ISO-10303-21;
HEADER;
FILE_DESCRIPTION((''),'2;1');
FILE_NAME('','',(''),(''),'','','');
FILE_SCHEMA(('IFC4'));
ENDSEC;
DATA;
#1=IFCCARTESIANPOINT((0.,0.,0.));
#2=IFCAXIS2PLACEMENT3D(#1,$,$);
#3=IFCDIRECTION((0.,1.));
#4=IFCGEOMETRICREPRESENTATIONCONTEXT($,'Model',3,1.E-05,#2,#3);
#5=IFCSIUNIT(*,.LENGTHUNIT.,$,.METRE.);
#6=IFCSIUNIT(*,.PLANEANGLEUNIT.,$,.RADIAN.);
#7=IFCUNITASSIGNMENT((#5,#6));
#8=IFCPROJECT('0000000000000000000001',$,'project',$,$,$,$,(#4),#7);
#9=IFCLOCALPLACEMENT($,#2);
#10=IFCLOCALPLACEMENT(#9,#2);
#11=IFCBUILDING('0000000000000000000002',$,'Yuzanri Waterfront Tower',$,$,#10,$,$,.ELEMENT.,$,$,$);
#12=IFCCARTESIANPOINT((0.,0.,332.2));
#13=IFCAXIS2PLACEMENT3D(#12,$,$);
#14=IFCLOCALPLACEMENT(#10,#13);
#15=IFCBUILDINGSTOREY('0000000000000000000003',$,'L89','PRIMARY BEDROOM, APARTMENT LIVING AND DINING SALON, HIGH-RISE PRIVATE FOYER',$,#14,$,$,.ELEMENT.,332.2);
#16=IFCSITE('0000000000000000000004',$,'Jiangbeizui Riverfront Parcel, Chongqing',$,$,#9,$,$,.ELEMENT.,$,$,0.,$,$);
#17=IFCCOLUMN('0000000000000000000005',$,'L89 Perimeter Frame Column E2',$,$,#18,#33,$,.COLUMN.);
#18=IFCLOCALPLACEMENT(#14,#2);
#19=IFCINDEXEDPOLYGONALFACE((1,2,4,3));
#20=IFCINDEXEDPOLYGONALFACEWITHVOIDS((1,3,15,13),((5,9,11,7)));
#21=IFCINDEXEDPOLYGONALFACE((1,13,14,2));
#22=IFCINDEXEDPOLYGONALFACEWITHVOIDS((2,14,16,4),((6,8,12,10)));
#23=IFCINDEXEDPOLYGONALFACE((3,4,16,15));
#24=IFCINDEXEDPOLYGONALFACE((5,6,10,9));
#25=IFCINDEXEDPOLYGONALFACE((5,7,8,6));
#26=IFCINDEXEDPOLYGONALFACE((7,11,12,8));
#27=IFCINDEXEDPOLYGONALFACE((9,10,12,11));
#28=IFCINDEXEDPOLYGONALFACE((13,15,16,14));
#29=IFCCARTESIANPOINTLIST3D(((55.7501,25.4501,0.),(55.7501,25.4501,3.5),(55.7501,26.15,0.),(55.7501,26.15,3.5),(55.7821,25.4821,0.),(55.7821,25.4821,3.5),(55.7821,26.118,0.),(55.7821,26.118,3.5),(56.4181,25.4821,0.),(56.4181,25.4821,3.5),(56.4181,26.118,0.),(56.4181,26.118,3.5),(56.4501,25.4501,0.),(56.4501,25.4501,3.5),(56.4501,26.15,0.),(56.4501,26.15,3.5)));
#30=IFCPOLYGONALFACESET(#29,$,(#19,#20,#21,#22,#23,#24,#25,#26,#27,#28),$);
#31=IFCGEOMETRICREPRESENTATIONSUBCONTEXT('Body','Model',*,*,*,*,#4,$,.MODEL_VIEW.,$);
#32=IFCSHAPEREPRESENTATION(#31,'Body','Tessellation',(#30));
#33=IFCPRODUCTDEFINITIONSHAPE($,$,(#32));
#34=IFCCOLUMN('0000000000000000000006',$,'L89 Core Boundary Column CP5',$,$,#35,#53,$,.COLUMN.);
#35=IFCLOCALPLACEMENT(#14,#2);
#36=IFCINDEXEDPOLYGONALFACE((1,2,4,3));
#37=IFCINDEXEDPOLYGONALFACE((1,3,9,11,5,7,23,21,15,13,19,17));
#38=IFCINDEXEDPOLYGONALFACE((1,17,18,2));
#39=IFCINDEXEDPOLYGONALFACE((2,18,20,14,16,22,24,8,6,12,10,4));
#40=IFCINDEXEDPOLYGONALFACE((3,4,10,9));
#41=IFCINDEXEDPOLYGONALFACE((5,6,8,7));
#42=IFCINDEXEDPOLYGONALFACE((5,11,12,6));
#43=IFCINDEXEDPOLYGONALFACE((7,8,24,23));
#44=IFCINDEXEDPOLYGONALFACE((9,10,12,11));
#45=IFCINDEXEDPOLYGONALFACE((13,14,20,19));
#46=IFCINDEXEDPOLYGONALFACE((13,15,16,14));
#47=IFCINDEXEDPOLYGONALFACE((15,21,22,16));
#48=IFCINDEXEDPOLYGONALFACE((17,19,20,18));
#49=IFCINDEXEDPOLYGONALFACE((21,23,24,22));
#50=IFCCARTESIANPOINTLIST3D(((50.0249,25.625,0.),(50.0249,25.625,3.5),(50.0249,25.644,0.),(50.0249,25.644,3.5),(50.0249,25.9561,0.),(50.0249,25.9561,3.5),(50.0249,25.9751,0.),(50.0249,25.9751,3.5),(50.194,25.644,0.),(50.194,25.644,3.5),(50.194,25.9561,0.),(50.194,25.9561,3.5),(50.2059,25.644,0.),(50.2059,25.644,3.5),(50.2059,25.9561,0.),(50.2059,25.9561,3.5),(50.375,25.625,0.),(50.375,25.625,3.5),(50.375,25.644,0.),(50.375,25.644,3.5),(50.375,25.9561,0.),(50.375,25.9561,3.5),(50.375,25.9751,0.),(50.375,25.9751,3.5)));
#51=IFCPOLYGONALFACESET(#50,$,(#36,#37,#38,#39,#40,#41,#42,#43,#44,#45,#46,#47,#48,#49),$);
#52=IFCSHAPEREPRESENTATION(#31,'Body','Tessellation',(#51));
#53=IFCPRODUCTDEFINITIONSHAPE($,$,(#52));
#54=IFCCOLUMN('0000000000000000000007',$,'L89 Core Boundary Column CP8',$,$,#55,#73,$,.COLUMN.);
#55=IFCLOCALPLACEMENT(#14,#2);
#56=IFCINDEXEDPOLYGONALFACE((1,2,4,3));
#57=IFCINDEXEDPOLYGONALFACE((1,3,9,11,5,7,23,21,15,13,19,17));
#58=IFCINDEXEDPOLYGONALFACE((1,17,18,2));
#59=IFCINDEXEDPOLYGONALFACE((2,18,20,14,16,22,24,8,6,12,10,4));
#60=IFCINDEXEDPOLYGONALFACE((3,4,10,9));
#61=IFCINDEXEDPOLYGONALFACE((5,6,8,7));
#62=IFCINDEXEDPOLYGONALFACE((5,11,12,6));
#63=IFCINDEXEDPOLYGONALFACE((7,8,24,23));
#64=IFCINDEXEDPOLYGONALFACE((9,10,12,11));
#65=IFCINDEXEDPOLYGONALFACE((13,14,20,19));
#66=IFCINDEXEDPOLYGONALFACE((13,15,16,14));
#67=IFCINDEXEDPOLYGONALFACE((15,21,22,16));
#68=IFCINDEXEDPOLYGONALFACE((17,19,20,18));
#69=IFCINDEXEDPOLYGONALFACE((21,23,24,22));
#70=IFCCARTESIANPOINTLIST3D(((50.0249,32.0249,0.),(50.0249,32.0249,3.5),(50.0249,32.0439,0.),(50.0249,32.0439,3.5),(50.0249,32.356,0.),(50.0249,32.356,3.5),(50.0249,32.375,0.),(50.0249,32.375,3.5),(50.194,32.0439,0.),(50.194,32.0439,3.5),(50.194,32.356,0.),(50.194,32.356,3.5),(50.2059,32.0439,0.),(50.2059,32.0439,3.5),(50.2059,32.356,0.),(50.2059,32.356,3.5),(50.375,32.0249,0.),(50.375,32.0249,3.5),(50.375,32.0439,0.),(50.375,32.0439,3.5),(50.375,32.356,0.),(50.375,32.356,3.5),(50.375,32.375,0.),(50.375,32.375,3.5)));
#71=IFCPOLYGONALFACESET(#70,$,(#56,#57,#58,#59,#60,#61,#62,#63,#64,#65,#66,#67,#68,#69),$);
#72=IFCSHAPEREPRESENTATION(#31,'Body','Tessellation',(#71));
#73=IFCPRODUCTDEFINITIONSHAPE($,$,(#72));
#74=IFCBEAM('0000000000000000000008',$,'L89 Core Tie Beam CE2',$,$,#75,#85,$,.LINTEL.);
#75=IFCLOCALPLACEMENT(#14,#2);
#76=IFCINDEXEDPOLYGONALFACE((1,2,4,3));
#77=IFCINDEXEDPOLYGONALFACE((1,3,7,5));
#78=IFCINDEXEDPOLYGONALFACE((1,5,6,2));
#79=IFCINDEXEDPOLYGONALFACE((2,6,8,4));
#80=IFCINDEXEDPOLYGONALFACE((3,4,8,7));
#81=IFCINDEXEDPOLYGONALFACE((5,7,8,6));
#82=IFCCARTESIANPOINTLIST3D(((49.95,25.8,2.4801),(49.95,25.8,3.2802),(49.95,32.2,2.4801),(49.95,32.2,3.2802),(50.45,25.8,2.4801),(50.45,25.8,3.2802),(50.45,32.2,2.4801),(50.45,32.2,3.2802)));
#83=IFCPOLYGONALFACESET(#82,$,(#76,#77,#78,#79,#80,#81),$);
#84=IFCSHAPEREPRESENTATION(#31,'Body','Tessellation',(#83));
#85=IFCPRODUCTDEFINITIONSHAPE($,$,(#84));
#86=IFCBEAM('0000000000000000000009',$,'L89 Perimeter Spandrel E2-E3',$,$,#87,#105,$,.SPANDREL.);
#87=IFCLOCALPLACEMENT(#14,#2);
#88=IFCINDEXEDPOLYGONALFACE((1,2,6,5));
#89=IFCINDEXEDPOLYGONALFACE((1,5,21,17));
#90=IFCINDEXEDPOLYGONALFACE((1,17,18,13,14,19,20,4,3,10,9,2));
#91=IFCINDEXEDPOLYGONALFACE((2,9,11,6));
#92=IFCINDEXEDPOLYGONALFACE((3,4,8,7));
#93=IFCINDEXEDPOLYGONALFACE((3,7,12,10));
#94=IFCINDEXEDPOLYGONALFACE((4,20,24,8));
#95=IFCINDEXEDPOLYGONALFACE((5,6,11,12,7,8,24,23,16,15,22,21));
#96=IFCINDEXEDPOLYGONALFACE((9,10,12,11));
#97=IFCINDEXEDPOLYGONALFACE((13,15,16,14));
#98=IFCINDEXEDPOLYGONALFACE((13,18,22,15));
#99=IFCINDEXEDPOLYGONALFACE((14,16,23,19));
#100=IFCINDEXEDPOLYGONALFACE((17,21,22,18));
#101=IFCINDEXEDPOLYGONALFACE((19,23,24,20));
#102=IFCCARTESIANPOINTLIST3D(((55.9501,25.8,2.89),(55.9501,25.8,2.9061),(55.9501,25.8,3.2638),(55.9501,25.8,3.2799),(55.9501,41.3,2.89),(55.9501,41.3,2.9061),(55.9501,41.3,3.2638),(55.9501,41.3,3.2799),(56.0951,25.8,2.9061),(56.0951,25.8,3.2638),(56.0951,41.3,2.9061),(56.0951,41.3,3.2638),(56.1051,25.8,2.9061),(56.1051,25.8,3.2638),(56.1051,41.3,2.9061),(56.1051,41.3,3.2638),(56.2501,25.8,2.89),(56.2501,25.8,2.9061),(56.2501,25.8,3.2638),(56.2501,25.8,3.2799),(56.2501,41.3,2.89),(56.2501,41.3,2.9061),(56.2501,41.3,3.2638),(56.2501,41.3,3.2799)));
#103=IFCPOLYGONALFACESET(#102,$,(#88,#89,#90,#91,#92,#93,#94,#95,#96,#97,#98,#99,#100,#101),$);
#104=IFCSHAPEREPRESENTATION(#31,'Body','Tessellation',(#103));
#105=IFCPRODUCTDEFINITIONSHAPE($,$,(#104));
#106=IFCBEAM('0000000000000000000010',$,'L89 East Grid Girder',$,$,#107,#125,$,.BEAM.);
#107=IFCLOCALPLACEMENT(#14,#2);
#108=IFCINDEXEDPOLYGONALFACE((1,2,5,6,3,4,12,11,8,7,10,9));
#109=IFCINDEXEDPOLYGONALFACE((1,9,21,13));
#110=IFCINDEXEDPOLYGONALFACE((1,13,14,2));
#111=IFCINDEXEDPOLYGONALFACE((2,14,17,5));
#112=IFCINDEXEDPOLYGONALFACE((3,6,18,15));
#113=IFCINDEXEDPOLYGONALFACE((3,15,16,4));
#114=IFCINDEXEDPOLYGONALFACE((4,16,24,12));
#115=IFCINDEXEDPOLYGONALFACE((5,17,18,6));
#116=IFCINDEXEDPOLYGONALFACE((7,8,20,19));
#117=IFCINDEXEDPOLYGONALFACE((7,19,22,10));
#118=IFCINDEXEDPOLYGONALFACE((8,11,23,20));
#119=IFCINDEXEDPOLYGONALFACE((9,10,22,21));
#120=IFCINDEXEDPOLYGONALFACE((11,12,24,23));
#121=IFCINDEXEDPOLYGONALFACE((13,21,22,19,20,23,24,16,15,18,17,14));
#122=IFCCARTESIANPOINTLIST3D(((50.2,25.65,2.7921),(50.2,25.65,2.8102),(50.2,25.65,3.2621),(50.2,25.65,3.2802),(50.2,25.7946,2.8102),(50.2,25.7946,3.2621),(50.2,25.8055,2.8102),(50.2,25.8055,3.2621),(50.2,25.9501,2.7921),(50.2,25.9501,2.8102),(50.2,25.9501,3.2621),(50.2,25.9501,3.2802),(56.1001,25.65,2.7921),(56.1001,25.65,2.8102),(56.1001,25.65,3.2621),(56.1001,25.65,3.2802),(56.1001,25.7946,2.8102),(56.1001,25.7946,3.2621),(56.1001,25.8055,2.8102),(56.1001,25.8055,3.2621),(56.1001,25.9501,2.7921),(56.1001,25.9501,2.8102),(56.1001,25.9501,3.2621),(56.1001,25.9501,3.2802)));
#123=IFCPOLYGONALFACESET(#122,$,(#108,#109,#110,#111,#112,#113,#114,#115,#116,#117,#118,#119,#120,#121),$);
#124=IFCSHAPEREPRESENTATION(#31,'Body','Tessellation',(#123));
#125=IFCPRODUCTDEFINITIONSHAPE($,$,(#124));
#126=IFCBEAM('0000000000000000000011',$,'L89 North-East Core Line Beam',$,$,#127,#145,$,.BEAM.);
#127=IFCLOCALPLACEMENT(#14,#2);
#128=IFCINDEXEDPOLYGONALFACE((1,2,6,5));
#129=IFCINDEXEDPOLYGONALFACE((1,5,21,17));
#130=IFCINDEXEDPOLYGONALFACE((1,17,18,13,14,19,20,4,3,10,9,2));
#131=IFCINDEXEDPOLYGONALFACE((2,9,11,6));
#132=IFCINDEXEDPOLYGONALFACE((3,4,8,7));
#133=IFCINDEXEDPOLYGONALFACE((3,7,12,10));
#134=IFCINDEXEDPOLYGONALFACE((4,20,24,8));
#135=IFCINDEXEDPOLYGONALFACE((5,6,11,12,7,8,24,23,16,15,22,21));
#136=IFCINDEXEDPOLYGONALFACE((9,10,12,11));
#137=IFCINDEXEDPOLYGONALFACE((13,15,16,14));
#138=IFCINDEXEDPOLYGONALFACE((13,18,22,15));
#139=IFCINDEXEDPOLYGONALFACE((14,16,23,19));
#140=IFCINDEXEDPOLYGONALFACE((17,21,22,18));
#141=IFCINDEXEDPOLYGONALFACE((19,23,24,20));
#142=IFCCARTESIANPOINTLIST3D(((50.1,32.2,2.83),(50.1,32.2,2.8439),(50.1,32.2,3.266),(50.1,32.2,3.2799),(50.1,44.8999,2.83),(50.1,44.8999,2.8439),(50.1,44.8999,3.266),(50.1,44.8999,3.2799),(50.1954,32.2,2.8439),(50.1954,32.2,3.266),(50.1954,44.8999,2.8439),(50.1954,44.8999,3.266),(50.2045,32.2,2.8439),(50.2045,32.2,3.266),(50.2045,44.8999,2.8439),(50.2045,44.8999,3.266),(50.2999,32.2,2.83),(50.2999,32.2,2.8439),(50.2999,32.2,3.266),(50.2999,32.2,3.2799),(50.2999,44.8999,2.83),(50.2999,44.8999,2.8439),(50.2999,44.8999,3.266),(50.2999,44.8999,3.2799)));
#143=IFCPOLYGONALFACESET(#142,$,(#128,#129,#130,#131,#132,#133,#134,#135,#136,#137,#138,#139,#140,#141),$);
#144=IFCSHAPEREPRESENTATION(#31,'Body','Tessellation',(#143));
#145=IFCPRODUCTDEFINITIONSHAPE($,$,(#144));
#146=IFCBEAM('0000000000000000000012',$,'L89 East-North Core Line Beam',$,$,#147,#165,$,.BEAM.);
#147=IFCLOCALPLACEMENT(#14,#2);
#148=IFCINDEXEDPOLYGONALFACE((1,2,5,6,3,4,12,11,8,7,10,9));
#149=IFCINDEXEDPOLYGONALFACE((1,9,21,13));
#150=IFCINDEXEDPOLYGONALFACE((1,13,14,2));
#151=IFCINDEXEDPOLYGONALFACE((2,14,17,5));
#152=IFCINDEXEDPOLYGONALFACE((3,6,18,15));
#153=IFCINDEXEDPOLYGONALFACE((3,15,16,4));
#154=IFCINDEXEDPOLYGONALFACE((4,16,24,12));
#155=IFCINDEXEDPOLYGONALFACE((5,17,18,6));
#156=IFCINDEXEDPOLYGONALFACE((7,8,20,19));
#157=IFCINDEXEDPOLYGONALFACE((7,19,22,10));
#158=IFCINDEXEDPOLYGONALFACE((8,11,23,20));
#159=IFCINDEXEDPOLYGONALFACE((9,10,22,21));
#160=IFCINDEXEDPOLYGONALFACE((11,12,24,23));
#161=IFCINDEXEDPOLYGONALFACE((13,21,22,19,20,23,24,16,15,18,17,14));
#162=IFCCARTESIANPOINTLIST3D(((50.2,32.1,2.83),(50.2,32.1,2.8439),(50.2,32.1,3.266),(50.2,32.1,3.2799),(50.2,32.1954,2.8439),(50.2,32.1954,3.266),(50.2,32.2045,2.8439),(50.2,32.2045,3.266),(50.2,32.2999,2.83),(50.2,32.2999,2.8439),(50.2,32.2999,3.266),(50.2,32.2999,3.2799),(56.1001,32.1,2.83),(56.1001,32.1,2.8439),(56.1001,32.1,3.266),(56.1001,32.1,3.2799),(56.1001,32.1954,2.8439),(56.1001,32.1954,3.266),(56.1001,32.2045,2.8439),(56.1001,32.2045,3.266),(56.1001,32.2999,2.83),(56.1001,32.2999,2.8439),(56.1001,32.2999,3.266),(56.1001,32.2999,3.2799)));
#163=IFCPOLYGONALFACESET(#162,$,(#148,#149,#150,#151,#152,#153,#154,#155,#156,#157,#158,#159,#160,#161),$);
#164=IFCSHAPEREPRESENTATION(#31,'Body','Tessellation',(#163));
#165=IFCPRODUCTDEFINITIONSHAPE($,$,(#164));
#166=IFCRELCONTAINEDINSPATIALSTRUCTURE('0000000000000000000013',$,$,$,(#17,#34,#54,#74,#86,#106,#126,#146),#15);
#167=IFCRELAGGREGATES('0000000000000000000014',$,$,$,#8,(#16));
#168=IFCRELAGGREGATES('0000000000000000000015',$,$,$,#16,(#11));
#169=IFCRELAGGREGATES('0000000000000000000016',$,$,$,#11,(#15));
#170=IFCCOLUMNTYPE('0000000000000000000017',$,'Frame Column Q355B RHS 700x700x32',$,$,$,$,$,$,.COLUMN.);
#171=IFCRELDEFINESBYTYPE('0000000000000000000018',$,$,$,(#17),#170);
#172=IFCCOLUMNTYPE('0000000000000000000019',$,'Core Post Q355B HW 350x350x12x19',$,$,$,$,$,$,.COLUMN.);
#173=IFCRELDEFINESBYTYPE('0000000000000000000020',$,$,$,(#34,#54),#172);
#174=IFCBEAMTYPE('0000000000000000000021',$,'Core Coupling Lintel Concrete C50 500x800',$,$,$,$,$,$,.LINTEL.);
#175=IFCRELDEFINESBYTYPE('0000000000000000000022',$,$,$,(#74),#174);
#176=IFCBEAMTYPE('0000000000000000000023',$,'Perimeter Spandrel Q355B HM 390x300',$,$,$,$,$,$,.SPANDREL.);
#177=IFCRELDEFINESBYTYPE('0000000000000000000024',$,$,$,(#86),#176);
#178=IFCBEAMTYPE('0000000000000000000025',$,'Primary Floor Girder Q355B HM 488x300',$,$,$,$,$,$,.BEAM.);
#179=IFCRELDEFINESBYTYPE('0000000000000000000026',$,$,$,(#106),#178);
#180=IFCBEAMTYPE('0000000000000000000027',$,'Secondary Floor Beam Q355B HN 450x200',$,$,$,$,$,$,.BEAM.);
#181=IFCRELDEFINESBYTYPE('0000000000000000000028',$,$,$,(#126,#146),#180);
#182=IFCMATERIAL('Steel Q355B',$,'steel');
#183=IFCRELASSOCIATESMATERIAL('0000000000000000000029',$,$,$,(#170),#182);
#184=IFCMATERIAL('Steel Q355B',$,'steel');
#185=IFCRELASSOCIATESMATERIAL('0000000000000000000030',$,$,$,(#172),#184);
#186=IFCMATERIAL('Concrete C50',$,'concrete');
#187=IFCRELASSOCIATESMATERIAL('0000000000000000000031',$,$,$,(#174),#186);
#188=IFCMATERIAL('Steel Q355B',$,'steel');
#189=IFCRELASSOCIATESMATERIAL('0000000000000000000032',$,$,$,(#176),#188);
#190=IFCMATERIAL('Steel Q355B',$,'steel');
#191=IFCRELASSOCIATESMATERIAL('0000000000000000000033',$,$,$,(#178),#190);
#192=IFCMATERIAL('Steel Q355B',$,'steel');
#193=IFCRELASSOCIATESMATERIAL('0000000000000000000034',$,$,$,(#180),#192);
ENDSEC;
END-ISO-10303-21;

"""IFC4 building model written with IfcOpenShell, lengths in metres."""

from ifc_helpers import new_model, si_unit, direction, frame, origin, origin_2d, place, context, subcontext, project, spatial, rectangle, hollow_rectangle, i_section, extrude, source, transform, mapped, material, material_profile, profile_set, type_object, element, save


model = new_model("IFC4")

# Units and contexts
model_context = context("Model", 3, precision=1e-05, world=origin(), true_north=direction((0.0, 1.0)))
body_context = subcontext(model_context, "Body", "Model", "MODEL_VIEW")
ifc_project = project(units=[si_unit("LENGTHUNIT", "METRE"), si_unit("PLANEANGLEUNIT", "RADIAN")], contexts=[model_context])

# Site, building, storey
site_placement = place(None, origin())
site = spatial("IfcSite", under=ifc_project, at=site_placement, Name="Jiangbeizui Riverfront Parcel, Chongqing", CompositionType="ELEMENT", RefElevation=0.0)
building_placement = place(site_placement, origin())
building = spatial("IfcBuilding", under=site, at=building_placement, Name="Yuzanri Waterfront Tower", CompositionType="ELEMENT")
storey_placement = place(building_placement, frame((0.0, 0.0, 332.2)))
storey = spatial("IfcBuildingStorey", under=building, at=storey_placement, Name="L89", Description="PRIMARY BEDROOM, APARTMENT LIVING AND DINING SALON, HIGH-RISE PRIVATE FOYER", CompositionType="ELEMENT", Elevation=332.2)

# Columns
ifc_material_1 = material(Name="Steel Q355B", Category="steel")
ifc_material_profile_1 = material_profile(ifc_material_1, hollow_rectangle(XDim=0.7, YDim=0.7, WallThickness=0.032, at=origin_2d()), Name="RHS 700x700x32")
ifc_profile_set_1 = profile_set([ifc_material_profile_1], Name="Steel Q355B")
column_type_1 = type_object("IfcColumnType", Name="Frame Column Q355B RHS 700x700x32", PredefinedType="COLUMN", material=ifc_profile_set_1)
shared_shape_1 = source(origin(), body_context, "Body", "SweptSolid", [
    extrude(hollow_rectangle(XDim=0.7, YDim=0.7, WallThickness=0.032, at=origin_2d()), origin(), (0.0, 0.0, 1.0), 3.5),
])
column_placement = place(storey_placement, frame((56.1001, 25.8, 0.0), z_axis=(0.0, 0.0, 1.0), x_axis=(1.0, 0.0, 0.0)))
element("IfcColumn", 1, at=column_placement, inside=storey, type_object=column_type_1, Name="L89 Perimeter Frame Column E2", PredefinedType="COLUMN", context=body_context, shape_type="MappedRepresentation", body=[
    mapped(shared_shape_1, transform((0.0, 0.0, 0.0), scale=1.0)),
])
ifc_material_2 = material(Name="Steel Q355B", Category="steel")
ifc_material_profile_2 = material_profile(ifc_material_2, i_section(OverallWidth=0.3501, OverallDepth=0.3501, WebThickness=0.012, FlangeThickness=0.019, at=origin_2d()), Name="HW 350x350x12x19")
ifc_profile_set_2 = profile_set([ifc_material_profile_2], Name="Steel Q355B")
column_type_2 = type_object("IfcColumnType", Name="Core Post Q355B HW 350x350x12x19", PredefinedType="COLUMN", material=ifc_profile_set_2)
shared_shape_2 = source(origin(), body_context, "Body", "SweptSolid", [
    extrude(i_section(OverallWidth=0.3501, OverallDepth=0.3501, WebThickness=0.012, FlangeThickness=0.019, at=origin_2d()), origin(), (0.0, 0.0, 1.0), 3.5),
])
for number, where, z_axis, x_axis, name in (
    (2, (50.2, 25.8, 0.0), (0.0, 0.0, 1.0), (1.0, 0.0, 0.0), "L89 Core Boundary Column CP5"),
    (3, (50.2, 32.2, 0.0), (0.0, 0.0, 1.0), (1.0, 0.0, 0.0), "L89 Core Boundary Column CP8"),
):
    element("IfcColumn", number, at=place(storey_placement, frame(where, z_axis=z_axis, x_axis=x_axis)), inside=storey, type_object=column_type_2, Name=name, PredefinedType="COLUMN", context=body_context, shape_type="MappedRepresentation", body=[
        mapped(shared_shape_2, transform((0.0, 0.0, 0.0), scale=1.0)),
    ])

# Beams
ifc_material_3 = material(Name="Concrete C50", Category="concrete")
ifc_material_profile_3 = material_profile(ifc_material_3, rectangle(XDim=0.5, YDim=0.8, at=origin_2d()), Name="RC 500x800")
ifc_profile_set_3 = profile_set([ifc_material_profile_3], Name="Concrete C50")
beam_type_1 = type_object("IfcBeamType", Name="Core Coupling Lintel Concrete C50 500x800", PredefinedType="LINTEL", material=ifc_profile_set_3)
shared_shape_3 = source(origin(), body_context, "Body", "SweptSolid", [
    extrude(rectangle(XDim=0.5, YDim=0.8, at=origin_2d()), origin(), (0.0, 0.0, 1.0), 6.3999),
])
beam_1_placement = place(storey_placement, frame((50.2, 25.8, 2.8801), z_axis=(0.0, 1.0, 0.0), x_axis=(-1.0, 0.0, 0.0)))
element("IfcBeam", 4, at=beam_1_placement, inside=storey, type_object=beam_type_1, Name="L89 Core Tie Beam CE2", PredefinedType="LINTEL", context=body_context, shape_type="MappedRepresentation", body=[
    mapped(shared_shape_3, transform((0.0, 0.0, 0.0), scale=1.0)),
])
ifc_material_4 = material(Name="Steel Q355B", Category="steel")
ifc_material_profile_4 = material_profile(ifc_material_4, i_section(OverallWidth=0.3, OverallDepth=0.3899, WebThickness=0.01, FlangeThickness=0.0161, at=origin_2d()), Name="HM 390x300x10x16")
ifc_profile_set_4 = profile_set([ifc_material_profile_4], Name="Steel Q355B")
beam_type_2 = type_object("IfcBeamType", Name="Perimeter Spandrel Q355B HM 390x300", PredefinedType="SPANDREL", material=ifc_profile_set_4)
shared_shape_4 = source(origin(), body_context, "Body", "SweptSolid", [
    extrude(i_section(OverallWidth=0.3, OverallDepth=0.3899, WebThickness=0.01, FlangeThickness=0.0161, at=origin_2d()), origin(), (0.0, 0.0, 1.0), 15.5),
])
beam_2_placement = place(storey_placement, frame((56.1001, 25.8, 3.085), z_axis=(0.0, 1.0, 0.0), x_axis=(-1.0, 0.0, 0.0)))
element("IfcBeam", 5, at=beam_2_placement, inside=storey, type_object=beam_type_2, Name="L89 Perimeter Spandrel E2-E3", PredefinedType="SPANDREL", context=body_context, shape_type="MappedRepresentation", body=[
    mapped(shared_shape_4, transform((0.0, 0.0, 0.0), scale=1.0)),
])
ifc_material_5 = material(Name="Steel Q355B", Category="steel")
ifc_material_profile_5 = material_profile(ifc_material_5, i_section(OverallWidth=0.3, OverallDepth=0.488, WebThickness=0.011, FlangeThickness=0.0181, at=origin_2d()), Name="HM 488x300x11x18")
ifc_profile_set_5 = profile_set([ifc_material_profile_5], Name="Steel Q355B")
beam_type_3 = type_object("IfcBeamType", Name="Primary Floor Girder Q355B HM 488x300", PredefinedType="BEAM", material=ifc_profile_set_5)
shared_shape_5 = source(origin(), body_context, "Body", "SweptSolid", [
    extrude(i_section(OverallWidth=0.3, OverallDepth=0.488, WebThickness=0.011, FlangeThickness=0.0181, at=origin_2d()), origin(), (0.0, 0.0, 1.0), 5.9001),
])
beam_3_placement = place(storey_placement, frame((50.2, 25.8, 3.0361), z_axis=(1.0, 0.0, 0.0), x_axis=(0.0, 1.0, 0.0)))
element("IfcBeam", 6, at=beam_3_placement, inside=storey, type_object=beam_type_3, Name="L89 East Grid Girder", PredefinedType="BEAM", context=body_context, shape_type="MappedRepresentation", body=[
    mapped(shared_shape_5, transform((0.0, 0.0, 0.0), scale=1.0)),
])
ifc_material_6 = material(Name="Steel Q355B", Category="steel")
ifc_material_profile_6 = material_profile(ifc_material_6, i_section(OverallWidth=0.2, OverallDepth=0.45, WebThickness=0.009, FlangeThickness=0.0139, at=origin_2d()), Name="HN 450x200x9x14")
ifc_profile_set_6 = profile_set([ifc_material_profile_6], Name="Steel Q355B")
beam_type_4 = type_object("IfcBeamType", Name="Secondary Floor Beam Q355B HN 450x200", PredefinedType="BEAM", material=ifc_profile_set_6)
shared_shape_6 = source(origin(), body_context, "Body", "SweptSolid", [
    extrude(i_section(OverallWidth=0.2, OverallDepth=0.45, WebThickness=0.009, FlangeThickness=0.0139, at=origin_2d()), origin(), (0.0, 0.0, 1.0), 12.7),
])
beam_4_placement = place(storey_placement, frame((50.2, 32.2, 3.0549), z_axis=(0.0, 1.0, 0.0), x_axis=(-1.0, 0.0, 0.0)))
element("IfcBeam", 7, at=beam_4_placement, inside=storey, type_object=beam_type_4, Name="L89 North-East Core Line Beam", PredefinedType="BEAM", context=body_context, shape_type="MappedRepresentation", body=[
    mapped(shared_shape_6, transform((0.0, 0.0, 0.0), scale=1.0)),
])
shared_shape_7 = source(origin(), body_context, "Body", "SweptSolid", [
    extrude(i_section(OverallWidth=0.2, OverallDepth=0.45, WebThickness=0.009, FlangeThickness=0.0139, at=origin_2d()), origin(), (0.0, 0.0, 1.0), 5.9001),
])
beam_5_placement = place(storey_placement, frame((50.2, 32.2, 3.0549), z_axis=(1.0, 0.0, 0.0), x_axis=(0.0, 1.0, 0.0)))
element("IfcBeam", 8, at=beam_5_placement, inside=storey, type_object=beam_type_4, Name="L89 East-North Core Line Beam", PredefinedType="BEAM", context=body_context, shape_type="MappedRepresentation", body=[
    mapped(shared_shape_7, transform((0.0, 0.0, 0.0), scale=1.0)),
])

save(model, "model.ifc")
